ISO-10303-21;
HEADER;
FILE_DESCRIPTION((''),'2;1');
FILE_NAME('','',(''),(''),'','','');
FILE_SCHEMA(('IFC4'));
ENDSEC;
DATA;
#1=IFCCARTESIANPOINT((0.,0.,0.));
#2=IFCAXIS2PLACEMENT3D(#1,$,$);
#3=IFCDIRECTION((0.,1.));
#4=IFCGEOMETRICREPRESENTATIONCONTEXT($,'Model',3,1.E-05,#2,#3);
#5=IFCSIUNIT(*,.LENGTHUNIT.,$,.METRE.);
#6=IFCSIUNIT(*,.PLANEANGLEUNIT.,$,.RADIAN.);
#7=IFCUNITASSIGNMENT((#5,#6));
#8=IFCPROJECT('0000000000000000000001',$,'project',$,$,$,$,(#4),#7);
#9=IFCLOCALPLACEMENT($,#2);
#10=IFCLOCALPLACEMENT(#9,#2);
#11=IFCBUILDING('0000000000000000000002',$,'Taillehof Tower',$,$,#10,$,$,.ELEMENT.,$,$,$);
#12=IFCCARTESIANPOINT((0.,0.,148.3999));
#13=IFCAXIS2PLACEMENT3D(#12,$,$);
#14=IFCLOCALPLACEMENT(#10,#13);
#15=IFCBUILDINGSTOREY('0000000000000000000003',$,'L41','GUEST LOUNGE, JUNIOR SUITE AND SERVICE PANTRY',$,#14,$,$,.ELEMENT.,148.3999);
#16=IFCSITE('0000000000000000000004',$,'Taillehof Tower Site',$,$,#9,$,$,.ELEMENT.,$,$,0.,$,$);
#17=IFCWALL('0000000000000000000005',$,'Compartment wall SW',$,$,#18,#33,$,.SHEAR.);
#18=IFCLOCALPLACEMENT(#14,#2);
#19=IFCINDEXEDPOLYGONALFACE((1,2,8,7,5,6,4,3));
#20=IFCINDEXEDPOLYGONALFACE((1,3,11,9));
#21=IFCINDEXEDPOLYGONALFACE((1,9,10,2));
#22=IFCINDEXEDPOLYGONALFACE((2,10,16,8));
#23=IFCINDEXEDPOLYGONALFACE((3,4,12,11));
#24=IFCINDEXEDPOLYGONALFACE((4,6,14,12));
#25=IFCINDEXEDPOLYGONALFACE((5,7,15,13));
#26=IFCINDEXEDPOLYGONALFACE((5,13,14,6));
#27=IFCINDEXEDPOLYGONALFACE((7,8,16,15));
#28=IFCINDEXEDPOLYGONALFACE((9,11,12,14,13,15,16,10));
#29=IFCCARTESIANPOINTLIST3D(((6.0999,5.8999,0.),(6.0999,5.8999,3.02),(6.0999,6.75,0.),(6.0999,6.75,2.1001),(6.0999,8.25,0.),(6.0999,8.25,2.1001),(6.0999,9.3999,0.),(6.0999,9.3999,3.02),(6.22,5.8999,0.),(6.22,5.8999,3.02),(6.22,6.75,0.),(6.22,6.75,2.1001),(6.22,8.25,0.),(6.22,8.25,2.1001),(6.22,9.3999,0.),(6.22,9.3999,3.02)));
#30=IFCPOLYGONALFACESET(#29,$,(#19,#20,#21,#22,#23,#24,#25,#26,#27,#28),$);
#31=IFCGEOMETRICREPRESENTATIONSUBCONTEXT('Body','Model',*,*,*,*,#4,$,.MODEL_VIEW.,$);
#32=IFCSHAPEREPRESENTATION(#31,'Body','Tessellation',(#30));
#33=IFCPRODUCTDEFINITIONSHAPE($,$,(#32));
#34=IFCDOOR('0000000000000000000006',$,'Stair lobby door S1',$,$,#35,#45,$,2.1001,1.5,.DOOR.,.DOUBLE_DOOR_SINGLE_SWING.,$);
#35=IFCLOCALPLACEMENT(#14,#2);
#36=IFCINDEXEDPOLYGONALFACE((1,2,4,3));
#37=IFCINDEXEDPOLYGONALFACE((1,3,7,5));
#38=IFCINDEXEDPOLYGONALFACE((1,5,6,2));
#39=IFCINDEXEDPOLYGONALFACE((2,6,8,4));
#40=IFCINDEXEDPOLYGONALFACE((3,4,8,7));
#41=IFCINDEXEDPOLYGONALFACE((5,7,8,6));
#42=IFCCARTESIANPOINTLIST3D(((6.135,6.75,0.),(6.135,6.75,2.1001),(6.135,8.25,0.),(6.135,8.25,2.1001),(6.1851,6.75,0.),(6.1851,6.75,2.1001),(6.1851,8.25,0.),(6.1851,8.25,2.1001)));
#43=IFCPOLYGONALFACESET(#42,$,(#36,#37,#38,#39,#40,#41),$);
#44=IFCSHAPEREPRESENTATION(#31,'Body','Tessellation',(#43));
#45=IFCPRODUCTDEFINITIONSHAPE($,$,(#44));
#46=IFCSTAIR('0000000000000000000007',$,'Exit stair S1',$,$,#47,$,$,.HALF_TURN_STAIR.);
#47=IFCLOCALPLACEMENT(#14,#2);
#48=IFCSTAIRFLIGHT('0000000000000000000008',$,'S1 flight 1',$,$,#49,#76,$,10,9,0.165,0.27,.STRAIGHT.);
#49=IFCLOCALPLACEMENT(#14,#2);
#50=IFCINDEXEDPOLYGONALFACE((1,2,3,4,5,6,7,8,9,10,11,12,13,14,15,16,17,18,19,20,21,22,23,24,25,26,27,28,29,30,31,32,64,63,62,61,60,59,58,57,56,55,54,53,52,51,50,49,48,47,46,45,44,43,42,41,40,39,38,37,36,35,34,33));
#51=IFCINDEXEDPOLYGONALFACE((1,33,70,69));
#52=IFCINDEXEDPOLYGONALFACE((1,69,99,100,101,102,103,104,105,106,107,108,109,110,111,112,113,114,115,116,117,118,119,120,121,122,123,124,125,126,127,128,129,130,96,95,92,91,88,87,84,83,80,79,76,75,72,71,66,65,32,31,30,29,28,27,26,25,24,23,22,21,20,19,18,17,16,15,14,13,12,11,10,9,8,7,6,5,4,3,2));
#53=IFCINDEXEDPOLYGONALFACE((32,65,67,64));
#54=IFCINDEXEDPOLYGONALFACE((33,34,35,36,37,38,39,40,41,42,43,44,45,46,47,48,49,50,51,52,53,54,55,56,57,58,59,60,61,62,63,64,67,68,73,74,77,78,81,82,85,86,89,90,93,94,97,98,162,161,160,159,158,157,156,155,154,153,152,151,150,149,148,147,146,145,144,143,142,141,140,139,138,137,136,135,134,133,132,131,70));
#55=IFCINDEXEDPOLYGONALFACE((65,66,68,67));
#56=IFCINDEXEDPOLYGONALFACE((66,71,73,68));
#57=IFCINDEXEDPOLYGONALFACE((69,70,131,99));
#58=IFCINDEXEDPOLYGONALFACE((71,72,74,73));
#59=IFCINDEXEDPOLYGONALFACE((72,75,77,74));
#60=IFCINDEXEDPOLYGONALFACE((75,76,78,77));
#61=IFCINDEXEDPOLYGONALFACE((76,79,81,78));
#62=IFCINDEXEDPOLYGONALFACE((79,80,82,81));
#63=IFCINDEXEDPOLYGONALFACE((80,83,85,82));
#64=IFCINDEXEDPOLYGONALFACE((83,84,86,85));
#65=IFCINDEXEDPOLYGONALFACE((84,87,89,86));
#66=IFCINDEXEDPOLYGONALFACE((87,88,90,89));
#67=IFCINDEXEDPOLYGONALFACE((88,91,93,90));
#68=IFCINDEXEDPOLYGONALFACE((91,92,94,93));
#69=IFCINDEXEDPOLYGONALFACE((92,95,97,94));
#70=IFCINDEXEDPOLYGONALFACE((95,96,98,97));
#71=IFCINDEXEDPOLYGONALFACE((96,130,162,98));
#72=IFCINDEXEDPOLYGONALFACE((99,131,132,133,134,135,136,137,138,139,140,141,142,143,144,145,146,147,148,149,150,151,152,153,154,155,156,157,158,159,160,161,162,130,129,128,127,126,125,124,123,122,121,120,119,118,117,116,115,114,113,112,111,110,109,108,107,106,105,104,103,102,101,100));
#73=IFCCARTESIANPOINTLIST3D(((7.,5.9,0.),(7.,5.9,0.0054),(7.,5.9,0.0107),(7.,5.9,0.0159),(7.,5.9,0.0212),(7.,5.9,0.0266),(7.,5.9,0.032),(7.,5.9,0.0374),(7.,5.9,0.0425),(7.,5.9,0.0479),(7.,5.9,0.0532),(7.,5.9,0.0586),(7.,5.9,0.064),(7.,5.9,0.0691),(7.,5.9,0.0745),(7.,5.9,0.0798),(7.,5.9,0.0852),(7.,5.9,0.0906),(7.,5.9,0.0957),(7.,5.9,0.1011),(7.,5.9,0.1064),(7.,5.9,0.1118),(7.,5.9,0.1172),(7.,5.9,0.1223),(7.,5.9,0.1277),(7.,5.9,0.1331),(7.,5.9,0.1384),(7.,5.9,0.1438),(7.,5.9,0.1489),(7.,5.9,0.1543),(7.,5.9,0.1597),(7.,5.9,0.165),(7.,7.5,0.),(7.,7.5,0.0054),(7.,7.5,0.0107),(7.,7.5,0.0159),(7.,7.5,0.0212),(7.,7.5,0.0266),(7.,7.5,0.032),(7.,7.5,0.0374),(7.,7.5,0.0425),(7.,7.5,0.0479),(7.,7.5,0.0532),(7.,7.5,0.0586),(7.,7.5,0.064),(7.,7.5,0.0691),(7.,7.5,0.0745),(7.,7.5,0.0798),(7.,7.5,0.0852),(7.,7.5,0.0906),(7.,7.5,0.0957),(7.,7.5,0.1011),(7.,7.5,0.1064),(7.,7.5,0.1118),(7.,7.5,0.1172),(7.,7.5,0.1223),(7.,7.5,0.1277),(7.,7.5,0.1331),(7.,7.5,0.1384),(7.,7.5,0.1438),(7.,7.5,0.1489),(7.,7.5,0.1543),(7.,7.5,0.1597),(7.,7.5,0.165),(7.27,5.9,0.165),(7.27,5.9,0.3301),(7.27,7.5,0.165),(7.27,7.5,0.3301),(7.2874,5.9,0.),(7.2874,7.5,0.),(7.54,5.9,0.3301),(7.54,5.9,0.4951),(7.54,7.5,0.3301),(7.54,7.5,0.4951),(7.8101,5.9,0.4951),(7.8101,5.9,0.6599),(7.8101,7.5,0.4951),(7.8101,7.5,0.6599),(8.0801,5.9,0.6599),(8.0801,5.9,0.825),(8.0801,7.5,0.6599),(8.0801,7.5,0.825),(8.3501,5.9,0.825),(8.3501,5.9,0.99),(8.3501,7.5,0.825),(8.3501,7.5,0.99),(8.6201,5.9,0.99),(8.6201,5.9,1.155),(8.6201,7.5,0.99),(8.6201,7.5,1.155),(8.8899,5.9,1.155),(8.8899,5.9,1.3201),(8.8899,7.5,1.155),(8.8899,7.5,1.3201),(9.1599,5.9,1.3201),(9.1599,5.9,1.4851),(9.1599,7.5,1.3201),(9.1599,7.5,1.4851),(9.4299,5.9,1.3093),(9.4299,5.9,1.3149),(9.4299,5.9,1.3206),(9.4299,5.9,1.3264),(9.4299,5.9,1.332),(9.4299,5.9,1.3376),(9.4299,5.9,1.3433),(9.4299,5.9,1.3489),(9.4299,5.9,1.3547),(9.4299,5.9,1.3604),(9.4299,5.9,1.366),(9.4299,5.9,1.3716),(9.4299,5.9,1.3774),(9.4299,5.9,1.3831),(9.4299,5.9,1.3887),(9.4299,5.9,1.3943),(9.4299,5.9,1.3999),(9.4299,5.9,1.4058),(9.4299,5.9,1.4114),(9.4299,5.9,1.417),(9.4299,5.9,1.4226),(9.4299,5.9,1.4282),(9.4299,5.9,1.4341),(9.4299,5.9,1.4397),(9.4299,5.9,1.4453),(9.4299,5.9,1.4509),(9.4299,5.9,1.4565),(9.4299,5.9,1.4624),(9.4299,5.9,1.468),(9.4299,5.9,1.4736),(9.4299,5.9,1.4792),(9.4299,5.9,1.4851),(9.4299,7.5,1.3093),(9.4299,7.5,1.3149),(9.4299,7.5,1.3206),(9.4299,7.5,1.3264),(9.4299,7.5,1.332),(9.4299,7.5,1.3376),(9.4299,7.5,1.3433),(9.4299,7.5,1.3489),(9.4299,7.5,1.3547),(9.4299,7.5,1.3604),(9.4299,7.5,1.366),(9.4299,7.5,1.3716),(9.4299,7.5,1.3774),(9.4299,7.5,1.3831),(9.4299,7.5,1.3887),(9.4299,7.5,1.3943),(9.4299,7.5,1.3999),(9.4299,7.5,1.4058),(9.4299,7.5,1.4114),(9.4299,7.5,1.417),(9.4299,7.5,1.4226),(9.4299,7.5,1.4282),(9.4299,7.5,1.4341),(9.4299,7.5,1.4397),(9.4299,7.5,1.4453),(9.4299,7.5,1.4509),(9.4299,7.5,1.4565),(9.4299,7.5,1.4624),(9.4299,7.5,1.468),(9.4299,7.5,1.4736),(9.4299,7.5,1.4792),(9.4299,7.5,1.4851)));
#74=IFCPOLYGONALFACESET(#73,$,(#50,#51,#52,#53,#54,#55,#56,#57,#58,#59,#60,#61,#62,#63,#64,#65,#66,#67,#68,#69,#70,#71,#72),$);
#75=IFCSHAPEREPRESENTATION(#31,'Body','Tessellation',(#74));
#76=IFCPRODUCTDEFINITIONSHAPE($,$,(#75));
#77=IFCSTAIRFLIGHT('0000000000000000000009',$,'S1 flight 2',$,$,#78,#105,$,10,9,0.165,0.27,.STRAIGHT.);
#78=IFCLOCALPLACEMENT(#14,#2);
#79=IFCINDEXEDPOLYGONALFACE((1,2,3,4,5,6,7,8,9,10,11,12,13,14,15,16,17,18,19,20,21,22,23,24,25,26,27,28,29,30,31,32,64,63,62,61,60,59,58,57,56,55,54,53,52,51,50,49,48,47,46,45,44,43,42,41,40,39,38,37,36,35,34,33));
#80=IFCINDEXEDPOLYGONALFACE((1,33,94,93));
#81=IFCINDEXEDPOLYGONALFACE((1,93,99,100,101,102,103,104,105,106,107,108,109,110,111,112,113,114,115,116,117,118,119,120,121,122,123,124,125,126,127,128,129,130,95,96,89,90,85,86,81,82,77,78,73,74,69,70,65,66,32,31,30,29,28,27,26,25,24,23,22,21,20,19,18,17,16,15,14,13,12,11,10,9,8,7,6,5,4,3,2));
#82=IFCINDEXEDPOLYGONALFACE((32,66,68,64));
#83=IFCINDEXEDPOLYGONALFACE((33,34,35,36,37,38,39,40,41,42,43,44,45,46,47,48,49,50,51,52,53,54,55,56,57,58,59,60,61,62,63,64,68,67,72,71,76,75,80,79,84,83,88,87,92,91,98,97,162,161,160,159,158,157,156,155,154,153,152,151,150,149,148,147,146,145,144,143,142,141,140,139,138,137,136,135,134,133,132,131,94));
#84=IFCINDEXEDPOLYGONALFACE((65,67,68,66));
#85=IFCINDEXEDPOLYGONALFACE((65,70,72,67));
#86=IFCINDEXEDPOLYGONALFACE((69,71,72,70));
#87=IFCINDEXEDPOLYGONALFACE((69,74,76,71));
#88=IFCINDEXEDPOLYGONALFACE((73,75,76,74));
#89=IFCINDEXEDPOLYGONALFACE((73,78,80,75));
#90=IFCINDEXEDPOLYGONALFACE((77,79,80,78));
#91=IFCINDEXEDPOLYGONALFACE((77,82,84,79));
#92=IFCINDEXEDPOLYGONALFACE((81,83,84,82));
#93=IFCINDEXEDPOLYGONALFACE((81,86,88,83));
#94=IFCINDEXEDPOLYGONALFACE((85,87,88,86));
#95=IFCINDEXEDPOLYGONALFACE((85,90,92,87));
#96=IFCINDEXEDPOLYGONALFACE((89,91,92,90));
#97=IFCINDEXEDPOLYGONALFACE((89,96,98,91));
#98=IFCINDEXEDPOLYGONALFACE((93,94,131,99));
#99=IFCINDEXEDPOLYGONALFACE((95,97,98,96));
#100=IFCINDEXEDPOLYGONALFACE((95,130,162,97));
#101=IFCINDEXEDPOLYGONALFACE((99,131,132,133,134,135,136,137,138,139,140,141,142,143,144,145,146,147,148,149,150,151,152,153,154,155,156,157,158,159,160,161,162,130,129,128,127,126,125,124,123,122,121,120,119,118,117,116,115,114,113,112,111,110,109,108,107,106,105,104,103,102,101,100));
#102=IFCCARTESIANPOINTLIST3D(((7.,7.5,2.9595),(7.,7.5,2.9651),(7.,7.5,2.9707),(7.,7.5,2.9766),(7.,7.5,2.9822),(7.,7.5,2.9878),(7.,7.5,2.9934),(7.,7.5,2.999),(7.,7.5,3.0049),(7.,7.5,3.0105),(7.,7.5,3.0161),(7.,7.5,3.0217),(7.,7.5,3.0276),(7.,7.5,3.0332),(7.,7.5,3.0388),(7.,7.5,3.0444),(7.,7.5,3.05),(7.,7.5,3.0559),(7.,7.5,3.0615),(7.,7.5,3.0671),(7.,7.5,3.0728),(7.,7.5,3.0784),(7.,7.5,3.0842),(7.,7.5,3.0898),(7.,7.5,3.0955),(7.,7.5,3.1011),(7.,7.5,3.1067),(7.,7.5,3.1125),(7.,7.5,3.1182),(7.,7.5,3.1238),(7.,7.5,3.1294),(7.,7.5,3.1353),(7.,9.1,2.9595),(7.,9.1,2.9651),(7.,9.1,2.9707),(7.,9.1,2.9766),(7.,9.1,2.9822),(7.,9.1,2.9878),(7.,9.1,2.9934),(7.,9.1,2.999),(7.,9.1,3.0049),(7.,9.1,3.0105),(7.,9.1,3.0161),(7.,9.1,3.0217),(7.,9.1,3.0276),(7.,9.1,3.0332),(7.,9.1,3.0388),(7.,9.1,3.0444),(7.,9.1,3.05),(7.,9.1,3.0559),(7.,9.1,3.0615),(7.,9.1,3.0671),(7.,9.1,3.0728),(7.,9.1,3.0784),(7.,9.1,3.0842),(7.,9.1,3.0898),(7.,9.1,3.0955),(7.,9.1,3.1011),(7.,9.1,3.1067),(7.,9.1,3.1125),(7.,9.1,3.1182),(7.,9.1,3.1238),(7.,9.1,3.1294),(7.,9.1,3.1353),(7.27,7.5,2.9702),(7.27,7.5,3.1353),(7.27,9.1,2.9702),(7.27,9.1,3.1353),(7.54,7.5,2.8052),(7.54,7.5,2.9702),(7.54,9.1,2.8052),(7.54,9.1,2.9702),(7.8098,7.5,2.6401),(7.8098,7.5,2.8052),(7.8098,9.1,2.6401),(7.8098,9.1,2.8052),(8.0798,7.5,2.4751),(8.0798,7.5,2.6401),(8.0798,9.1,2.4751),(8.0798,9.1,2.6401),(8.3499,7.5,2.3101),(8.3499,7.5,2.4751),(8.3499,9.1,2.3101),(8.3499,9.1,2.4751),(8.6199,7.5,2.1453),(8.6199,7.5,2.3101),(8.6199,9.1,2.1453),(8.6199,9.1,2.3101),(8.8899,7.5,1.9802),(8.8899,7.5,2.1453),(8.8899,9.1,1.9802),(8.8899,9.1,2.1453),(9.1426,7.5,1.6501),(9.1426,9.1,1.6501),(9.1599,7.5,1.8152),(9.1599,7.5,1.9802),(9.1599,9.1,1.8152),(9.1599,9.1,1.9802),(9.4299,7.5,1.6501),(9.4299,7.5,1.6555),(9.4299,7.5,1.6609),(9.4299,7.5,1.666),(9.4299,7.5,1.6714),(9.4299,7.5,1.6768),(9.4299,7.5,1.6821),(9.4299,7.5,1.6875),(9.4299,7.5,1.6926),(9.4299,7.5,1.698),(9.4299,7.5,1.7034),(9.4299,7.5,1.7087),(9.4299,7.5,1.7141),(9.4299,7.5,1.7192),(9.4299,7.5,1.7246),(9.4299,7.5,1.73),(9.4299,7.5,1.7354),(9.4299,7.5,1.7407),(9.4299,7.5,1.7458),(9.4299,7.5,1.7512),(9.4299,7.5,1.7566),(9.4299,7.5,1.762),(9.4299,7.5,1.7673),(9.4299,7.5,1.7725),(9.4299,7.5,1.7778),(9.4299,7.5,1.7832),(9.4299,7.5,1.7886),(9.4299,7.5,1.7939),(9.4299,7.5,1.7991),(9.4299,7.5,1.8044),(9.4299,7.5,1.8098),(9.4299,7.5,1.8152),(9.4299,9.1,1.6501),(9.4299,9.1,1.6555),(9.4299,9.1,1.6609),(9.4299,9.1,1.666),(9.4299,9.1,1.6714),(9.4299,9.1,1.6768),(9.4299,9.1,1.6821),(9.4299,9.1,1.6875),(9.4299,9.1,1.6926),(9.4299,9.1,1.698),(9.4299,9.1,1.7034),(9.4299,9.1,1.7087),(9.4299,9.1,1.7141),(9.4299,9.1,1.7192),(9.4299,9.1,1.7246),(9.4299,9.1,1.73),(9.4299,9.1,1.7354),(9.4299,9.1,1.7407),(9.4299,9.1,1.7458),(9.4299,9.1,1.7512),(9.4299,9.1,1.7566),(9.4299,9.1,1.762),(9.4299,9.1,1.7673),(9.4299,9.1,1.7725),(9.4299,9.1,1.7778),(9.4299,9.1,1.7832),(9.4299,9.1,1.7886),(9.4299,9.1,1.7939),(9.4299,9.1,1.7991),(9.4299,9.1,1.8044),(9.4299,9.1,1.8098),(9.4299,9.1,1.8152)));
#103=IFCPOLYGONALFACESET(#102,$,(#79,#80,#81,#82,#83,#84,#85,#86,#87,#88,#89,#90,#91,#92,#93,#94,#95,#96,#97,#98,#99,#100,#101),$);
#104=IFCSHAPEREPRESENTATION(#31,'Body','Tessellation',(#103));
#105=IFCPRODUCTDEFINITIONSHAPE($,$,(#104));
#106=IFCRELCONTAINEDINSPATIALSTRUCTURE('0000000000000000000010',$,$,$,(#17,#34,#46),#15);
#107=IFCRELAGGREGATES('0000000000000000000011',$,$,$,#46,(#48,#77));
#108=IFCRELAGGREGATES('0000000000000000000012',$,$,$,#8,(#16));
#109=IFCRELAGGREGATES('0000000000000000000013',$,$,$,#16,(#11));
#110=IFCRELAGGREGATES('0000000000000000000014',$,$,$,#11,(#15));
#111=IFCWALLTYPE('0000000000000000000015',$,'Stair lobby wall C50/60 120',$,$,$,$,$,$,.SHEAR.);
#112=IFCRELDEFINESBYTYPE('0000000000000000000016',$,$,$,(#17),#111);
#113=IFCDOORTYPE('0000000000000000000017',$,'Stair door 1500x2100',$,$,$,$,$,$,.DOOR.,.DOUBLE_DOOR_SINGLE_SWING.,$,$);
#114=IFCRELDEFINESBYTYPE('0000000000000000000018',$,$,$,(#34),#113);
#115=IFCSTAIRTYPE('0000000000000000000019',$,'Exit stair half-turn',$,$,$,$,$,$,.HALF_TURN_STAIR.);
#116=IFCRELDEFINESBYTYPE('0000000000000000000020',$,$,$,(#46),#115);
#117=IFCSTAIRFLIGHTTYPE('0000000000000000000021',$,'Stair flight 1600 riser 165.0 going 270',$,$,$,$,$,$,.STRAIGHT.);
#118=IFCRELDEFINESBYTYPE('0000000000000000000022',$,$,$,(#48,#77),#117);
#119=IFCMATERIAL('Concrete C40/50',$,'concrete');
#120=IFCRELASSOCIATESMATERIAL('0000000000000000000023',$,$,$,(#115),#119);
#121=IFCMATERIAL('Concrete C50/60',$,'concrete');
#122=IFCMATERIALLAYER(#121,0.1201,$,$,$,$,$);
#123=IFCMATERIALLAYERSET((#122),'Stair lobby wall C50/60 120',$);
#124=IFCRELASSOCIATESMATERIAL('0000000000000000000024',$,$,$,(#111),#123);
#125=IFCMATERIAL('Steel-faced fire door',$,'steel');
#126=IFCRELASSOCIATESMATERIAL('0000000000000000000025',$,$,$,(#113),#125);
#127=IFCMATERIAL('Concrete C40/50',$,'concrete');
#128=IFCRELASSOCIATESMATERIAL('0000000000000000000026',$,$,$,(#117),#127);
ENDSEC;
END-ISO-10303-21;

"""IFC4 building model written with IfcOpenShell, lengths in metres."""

from ifc_helpers import new_model, si_unit, direction, frame, frame_2d, origin, place, context, subcontext, project, spatial, polyline, rectangle, outline, extrude, material, layer, layer_set, type_object, element, fill, aggregate, save


model = new_model("IFC4")

# Units and contexts
model_context = context("Model", 3, precision=1e-05, world=origin(), true_north=direction((0.0, 1.0)))
body_context = subcontext(model_context, "Body", "Model", "MODEL_VIEW")
ifc_project = project(units=[si_unit("LENGTHUNIT", "METRE"), si_unit("PLANEANGLEUNIT", "RADIAN")], contexts=[model_context])

# Site, building, storey
site_placement = place(None, origin())
site = spatial("IfcSite", under=ifc_project, at=site_placement, Name="Taillehof Tower Site", CompositionType="ELEMENT", RefElevation=0.0)
building_placement = place(site_placement, origin())
building = spatial("IfcBuilding", under=site, at=building_placement, Name="Taillehof Tower", CompositionType="ELEMENT")
storey_placement = place(building_placement, frame((0.0, 0.0, 148.3999)))
storey = spatial("IfcBuildingStorey", under=building, at=storey_placement, Name="L41", Description="GUEST LOUNGE, JUNIOR SUITE AND SERVICE PANTRY", CompositionType="ELEMENT", Elevation=148.3999)

# Shared definitions
ifc_material_1 = material(Name="Concrete C40/50", Category="concrete")
stair_type = type_object("IfcStairType", Name="Exit stair half-turn", PredefinedType="HALF_TURN_STAIR", material=ifc_material_1)

# Wall, opening, door
ifc_material_2 = material(Name="Concrete C50/60", Category="concrete")
ifc_layer_1 = layer(ifc_material_2, 0.1201)
ifc_layer_set_1 = layer_set([ifc_layer_1], Name="Stair lobby wall C50/60 120")
wall_type_1 = type_object("IfcWallType", Name="Stair lobby wall C50/60 120", PredefinedType="SHEAR", material=ifc_layer_set_1)
wall_1_placement = place(storey_placement, frame((6.1599, 5.8999, 0.0), z_axis=(0.0, 0.0, 1.0), x_axis=(0.0, 1.0, 0.0)))
wall_1 = element("IfcWall", 1, at=wall_1_placement, inside=storey, type_object=wall_type_1, Name="Compartment wall SW", PredefinedType="SHEAR", context=body_context, shape_type="SweptSolid", body=[
    extrude(rectangle(XDim=3.5, YDim=0.1201, at=frame_2d((1.75, 0.0))), origin(), (0.0, 0.0, 1.0), 3.02),
])
opening_1_placement = place(wall_1_placement, frame((0.8501, 0.0, 0.0)))
opening_1 = element("IfcOpeningElement", 2, at=opening_1_placement, cuts=wall_1, PredefinedType="OPENING", context=body_context, shape_type="SweptSolid", body=[
    extrude(rectangle(XDim=1.5, YDim=2.1001, at=frame_2d((0.75, 1.05))), frame((0.0, 0.0701, 0.0), z_axis=(0.0, -1.0, 0.0), x_axis=(1.0, 0.0, 0.0)), (0.0, 0.0, 1.0), 0.1401),
])
ifc_material_3 = material(Name="Steel-faced fire door", Category="steel")
door_type_1 = type_object("IfcDoorType", Name="Stair door 1500x2100", OperationType="DOUBLE_DOOR_SINGLE_SWING", PredefinedType="DOOR", material=ifc_material_3)
door_1_placement = place(opening_1_placement, origin())
door_1 = element("IfcDoor", 3, at=door_1_placement, inside=storey, type_object=door_type_1, Name="Stair lobby door S1", OperationType="DOUBLE_DOOR_SINGLE_SWING", OverallHeight=2.1001, OverallWidth=1.5, PredefinedType="DOOR", context=body_context, shape_type="SweptSolid", body=[
    extrude(rectangle(XDim=1.5, YDim=2.1001, at=frame_2d((0.75, 1.05))), frame((0.0, 0.0249, 0.0), z_axis=(0.0, -1.0, 0.0), x_axis=(1.0, 0.0, 0.0)), (0.0, 0.0, 1.0), 0.05),
])
fill(opening_1, door_1)

# Stair, stair flights
stair_1_placement = place(storey_placement, origin())
stair_1 = element("IfcStair", 4, at=stair_1_placement, inside=storey, type_object=stair_type, Name="Exit stair S1", PredefinedType="HALF_TURN_STAIR")
ifc_material_4 = material(Name="Concrete C40/50", Category="concrete")
stair_flight_type = type_object("IfcStairFlightType", Name="Stair flight 1600 riser 165.0 going 270", PredefinedType="STRAIGHT", material=ifc_material_4)
stair_flight_1_placement = place(storey_placement, frame((7.0, 6.7, 0.0), z_axis=(0.0, 0.0, 1.0), x_axis=(1.0, 0.0, 0.0)))
stair_flight_1 = element("IfcStairFlight", 5, at=stair_flight_1_placement, type_object=stair_flight_type, Name="S1 flight 1", NumberOfRisers=10, NumberOfTreads=9, PredefinedType="STRAIGHT", RiserHeight=0.165, TreadLength=0.27, context=body_context, shape_type="SweptSolid", body=[
    extrude(outline(polyline([(0.0, 0.0), (0.0, 0.0054), (0.0, 0.0107), (0.0, 0.0159), (0.0, 0.0212), (0.0, 0.0266), (0.0, 0.032), (0.0, 0.0374), (0.0, 0.0425), (0.0, 0.0479), (0.0, 0.0532), (0.0, 0.0586), (0.0, 0.064), (0.0, 0.0691), (0.0, 0.0745), (0.0, 0.0798), (0.0, 0.0852), (0.0, 0.0906), (0.0, 0.0957), (0.0, 0.1011), (0.0, 0.1064), (0.0, 0.1118), (0.0, 0.1172), (0.0, 0.1223), (0.0, 0.1277), (0.0, 0.1331), (0.0, 0.1384), (0.0, 0.1438), (0.0, 0.1489), (0.0, 0.1543), (0.0, 0.1597), (0.0, 0.165), (0.27, 0.165), (0.27, 0.3301), (0.54, 0.3301), (0.54, 0.4951), (0.8101, 0.4951), (0.8101, 0.6599), (1.0801, 0.6599), (1.0801, 0.825), (1.3501, 0.825), (1.3501, 0.99), (1.6201, 0.99), (1.6201, 1.155), (1.8899, 1.155), (1.8899, 1.3201), (2.1599, 1.3201), (2.1599, 1.4851), (2.4299, 1.4851), (2.4299, 1.4792), (2.4299, 1.4736), (2.4299, 1.468), (2.4299, 1.4624), (2.4299, 1.4565), (2.4299, 1.4509), (2.4299, 1.4453), (2.4299, 1.4397), (2.4299, 1.4341), (2.4299, 1.4282), (2.4299, 1.4226), (2.4299, 1.417), (2.4299, 1.4114), (2.4299, 1.4058), (2.4299, 1.3999), (2.4299, 1.3943), (2.4299, 1.3887), (2.4299, 1.3831), (2.4299, 1.3774), (2.4299, 1.3716), (2.4299, 1.366), (2.4299, 1.3604), (2.4299, 1.3547), (2.4299, 1.3489), (2.4299, 1.3433), (2.4299, 1.3376), (2.4299, 1.332), (2.4299, 1.3264), (2.4299, 1.3206), (2.4299, 1.3149), (2.4299, 1.3093), (0.2874, 0.0), (0.0, 0.0)])), frame((0.0, 0.8, 0.0), z_axis=(0.0, -1.0, 0.0), x_axis=(1.0, 0.0, 0.0)), (0.0, 0.0, 1.0), 1.6),
])
stair_flight_2_placement = place(storey_placement, frame((9.4299, 8.3, 1.6501), z_axis=(0.0, 0.0, 1.0), x_axis=(-1.0, 0.0, 0.0)))
stair_flight_2 = element("IfcStairFlight", 6, at=stair_flight_2_placement, type_object=stair_flight_type, Name="S1 flight 2", NumberOfRisers=10, NumberOfTreads=9, PredefinedType="STRAIGHT", RiserHeight=0.165, TreadLength=0.27, context=body_context, shape_type="SweptSolid", body=[
    extrude(outline(polyline([(0.0, 0.0), (0.0, 0.0054), (0.0, 0.0107), (0.0, 0.0159), (0.0, 0.0212), (0.0, 0.0266), (0.0, 0.032), (0.0, 0.0374), (0.0, 0.0425), (0.0, 0.0479), (0.0, 0.0532), (0.0, 0.0586), (0.0, 0.064), (0.0, 0.0691), (0.0, 0.0745), (0.0, 0.0798), (0.0, 0.0852), (0.0, 0.0906), (0.0, 0.0957), (0.0, 0.1011), (0.0, 0.1064), (0.0, 0.1118), (0.0, 0.1172), (0.0, 0.1223), (0.0, 0.1277), (0.0, 0.1331), (0.0, 0.1384), (0.0, 0.1438), (0.0, 0.1489), (0.0, 0.1543), (0.0, 0.1597), (0.0, 0.165), (0.27, 0.165), (0.27, 0.3301), (0.54, 0.3301), (0.54, 0.4951), (0.8101, 0.4951), (0.8101, 0.6599), (1.0801, 0.6599), (1.0801, 0.825), (1.3501, 0.825), (1.3501, 0.99), (1.6201, 0.99), (1.6201, 1.155), (1.8899, 1.155), (1.8899, 1.3201), (2.1599, 1.3201), (2.1599, 1.4851), (2.4299, 1.4851), (2.4299, 1.4792), (2.4299, 1.4736), (2.4299, 1.468), (2.4299, 1.4624), (2.4299, 1.4565), (2.4299, 1.4509), (2.4299, 1.4453), (2.4299, 1.4397), (2.4299, 1.4341), (2.4299, 1.4282), (2.4299, 1.4226), (2.4299, 1.417), (2.4299, 1.4114), (2.4299, 1.4058), (2.4299, 1.3999), (2.4299, 1.3943), (2.4299, 1.3887), (2.4299, 1.3831), (2.4299, 1.3774), (2.4299, 1.3716), (2.4299, 1.366), (2.4299, 1.3604), (2.4299, 1.3547), (2.4299, 1.3489), (2.4299, 1.3433), (2.4299, 1.3376), (2.4299, 1.332), (2.4299, 1.3264), (2.4299, 1.3206), (2.4299, 1.3149), (2.4299, 1.3093), (0.2874, 0.0), (0.0, 0.0)])), frame((0.0, 0.8, 0.0), z_axis=(0.0, -1.0, 0.0), x_axis=(1.0, 0.0, 0.0)), (0.0, 0.0, 1.0), 1.6),
])
aggregate(stair_1, [stair_flight_1, stair_flight_2])

save(model, "model.ifc")
